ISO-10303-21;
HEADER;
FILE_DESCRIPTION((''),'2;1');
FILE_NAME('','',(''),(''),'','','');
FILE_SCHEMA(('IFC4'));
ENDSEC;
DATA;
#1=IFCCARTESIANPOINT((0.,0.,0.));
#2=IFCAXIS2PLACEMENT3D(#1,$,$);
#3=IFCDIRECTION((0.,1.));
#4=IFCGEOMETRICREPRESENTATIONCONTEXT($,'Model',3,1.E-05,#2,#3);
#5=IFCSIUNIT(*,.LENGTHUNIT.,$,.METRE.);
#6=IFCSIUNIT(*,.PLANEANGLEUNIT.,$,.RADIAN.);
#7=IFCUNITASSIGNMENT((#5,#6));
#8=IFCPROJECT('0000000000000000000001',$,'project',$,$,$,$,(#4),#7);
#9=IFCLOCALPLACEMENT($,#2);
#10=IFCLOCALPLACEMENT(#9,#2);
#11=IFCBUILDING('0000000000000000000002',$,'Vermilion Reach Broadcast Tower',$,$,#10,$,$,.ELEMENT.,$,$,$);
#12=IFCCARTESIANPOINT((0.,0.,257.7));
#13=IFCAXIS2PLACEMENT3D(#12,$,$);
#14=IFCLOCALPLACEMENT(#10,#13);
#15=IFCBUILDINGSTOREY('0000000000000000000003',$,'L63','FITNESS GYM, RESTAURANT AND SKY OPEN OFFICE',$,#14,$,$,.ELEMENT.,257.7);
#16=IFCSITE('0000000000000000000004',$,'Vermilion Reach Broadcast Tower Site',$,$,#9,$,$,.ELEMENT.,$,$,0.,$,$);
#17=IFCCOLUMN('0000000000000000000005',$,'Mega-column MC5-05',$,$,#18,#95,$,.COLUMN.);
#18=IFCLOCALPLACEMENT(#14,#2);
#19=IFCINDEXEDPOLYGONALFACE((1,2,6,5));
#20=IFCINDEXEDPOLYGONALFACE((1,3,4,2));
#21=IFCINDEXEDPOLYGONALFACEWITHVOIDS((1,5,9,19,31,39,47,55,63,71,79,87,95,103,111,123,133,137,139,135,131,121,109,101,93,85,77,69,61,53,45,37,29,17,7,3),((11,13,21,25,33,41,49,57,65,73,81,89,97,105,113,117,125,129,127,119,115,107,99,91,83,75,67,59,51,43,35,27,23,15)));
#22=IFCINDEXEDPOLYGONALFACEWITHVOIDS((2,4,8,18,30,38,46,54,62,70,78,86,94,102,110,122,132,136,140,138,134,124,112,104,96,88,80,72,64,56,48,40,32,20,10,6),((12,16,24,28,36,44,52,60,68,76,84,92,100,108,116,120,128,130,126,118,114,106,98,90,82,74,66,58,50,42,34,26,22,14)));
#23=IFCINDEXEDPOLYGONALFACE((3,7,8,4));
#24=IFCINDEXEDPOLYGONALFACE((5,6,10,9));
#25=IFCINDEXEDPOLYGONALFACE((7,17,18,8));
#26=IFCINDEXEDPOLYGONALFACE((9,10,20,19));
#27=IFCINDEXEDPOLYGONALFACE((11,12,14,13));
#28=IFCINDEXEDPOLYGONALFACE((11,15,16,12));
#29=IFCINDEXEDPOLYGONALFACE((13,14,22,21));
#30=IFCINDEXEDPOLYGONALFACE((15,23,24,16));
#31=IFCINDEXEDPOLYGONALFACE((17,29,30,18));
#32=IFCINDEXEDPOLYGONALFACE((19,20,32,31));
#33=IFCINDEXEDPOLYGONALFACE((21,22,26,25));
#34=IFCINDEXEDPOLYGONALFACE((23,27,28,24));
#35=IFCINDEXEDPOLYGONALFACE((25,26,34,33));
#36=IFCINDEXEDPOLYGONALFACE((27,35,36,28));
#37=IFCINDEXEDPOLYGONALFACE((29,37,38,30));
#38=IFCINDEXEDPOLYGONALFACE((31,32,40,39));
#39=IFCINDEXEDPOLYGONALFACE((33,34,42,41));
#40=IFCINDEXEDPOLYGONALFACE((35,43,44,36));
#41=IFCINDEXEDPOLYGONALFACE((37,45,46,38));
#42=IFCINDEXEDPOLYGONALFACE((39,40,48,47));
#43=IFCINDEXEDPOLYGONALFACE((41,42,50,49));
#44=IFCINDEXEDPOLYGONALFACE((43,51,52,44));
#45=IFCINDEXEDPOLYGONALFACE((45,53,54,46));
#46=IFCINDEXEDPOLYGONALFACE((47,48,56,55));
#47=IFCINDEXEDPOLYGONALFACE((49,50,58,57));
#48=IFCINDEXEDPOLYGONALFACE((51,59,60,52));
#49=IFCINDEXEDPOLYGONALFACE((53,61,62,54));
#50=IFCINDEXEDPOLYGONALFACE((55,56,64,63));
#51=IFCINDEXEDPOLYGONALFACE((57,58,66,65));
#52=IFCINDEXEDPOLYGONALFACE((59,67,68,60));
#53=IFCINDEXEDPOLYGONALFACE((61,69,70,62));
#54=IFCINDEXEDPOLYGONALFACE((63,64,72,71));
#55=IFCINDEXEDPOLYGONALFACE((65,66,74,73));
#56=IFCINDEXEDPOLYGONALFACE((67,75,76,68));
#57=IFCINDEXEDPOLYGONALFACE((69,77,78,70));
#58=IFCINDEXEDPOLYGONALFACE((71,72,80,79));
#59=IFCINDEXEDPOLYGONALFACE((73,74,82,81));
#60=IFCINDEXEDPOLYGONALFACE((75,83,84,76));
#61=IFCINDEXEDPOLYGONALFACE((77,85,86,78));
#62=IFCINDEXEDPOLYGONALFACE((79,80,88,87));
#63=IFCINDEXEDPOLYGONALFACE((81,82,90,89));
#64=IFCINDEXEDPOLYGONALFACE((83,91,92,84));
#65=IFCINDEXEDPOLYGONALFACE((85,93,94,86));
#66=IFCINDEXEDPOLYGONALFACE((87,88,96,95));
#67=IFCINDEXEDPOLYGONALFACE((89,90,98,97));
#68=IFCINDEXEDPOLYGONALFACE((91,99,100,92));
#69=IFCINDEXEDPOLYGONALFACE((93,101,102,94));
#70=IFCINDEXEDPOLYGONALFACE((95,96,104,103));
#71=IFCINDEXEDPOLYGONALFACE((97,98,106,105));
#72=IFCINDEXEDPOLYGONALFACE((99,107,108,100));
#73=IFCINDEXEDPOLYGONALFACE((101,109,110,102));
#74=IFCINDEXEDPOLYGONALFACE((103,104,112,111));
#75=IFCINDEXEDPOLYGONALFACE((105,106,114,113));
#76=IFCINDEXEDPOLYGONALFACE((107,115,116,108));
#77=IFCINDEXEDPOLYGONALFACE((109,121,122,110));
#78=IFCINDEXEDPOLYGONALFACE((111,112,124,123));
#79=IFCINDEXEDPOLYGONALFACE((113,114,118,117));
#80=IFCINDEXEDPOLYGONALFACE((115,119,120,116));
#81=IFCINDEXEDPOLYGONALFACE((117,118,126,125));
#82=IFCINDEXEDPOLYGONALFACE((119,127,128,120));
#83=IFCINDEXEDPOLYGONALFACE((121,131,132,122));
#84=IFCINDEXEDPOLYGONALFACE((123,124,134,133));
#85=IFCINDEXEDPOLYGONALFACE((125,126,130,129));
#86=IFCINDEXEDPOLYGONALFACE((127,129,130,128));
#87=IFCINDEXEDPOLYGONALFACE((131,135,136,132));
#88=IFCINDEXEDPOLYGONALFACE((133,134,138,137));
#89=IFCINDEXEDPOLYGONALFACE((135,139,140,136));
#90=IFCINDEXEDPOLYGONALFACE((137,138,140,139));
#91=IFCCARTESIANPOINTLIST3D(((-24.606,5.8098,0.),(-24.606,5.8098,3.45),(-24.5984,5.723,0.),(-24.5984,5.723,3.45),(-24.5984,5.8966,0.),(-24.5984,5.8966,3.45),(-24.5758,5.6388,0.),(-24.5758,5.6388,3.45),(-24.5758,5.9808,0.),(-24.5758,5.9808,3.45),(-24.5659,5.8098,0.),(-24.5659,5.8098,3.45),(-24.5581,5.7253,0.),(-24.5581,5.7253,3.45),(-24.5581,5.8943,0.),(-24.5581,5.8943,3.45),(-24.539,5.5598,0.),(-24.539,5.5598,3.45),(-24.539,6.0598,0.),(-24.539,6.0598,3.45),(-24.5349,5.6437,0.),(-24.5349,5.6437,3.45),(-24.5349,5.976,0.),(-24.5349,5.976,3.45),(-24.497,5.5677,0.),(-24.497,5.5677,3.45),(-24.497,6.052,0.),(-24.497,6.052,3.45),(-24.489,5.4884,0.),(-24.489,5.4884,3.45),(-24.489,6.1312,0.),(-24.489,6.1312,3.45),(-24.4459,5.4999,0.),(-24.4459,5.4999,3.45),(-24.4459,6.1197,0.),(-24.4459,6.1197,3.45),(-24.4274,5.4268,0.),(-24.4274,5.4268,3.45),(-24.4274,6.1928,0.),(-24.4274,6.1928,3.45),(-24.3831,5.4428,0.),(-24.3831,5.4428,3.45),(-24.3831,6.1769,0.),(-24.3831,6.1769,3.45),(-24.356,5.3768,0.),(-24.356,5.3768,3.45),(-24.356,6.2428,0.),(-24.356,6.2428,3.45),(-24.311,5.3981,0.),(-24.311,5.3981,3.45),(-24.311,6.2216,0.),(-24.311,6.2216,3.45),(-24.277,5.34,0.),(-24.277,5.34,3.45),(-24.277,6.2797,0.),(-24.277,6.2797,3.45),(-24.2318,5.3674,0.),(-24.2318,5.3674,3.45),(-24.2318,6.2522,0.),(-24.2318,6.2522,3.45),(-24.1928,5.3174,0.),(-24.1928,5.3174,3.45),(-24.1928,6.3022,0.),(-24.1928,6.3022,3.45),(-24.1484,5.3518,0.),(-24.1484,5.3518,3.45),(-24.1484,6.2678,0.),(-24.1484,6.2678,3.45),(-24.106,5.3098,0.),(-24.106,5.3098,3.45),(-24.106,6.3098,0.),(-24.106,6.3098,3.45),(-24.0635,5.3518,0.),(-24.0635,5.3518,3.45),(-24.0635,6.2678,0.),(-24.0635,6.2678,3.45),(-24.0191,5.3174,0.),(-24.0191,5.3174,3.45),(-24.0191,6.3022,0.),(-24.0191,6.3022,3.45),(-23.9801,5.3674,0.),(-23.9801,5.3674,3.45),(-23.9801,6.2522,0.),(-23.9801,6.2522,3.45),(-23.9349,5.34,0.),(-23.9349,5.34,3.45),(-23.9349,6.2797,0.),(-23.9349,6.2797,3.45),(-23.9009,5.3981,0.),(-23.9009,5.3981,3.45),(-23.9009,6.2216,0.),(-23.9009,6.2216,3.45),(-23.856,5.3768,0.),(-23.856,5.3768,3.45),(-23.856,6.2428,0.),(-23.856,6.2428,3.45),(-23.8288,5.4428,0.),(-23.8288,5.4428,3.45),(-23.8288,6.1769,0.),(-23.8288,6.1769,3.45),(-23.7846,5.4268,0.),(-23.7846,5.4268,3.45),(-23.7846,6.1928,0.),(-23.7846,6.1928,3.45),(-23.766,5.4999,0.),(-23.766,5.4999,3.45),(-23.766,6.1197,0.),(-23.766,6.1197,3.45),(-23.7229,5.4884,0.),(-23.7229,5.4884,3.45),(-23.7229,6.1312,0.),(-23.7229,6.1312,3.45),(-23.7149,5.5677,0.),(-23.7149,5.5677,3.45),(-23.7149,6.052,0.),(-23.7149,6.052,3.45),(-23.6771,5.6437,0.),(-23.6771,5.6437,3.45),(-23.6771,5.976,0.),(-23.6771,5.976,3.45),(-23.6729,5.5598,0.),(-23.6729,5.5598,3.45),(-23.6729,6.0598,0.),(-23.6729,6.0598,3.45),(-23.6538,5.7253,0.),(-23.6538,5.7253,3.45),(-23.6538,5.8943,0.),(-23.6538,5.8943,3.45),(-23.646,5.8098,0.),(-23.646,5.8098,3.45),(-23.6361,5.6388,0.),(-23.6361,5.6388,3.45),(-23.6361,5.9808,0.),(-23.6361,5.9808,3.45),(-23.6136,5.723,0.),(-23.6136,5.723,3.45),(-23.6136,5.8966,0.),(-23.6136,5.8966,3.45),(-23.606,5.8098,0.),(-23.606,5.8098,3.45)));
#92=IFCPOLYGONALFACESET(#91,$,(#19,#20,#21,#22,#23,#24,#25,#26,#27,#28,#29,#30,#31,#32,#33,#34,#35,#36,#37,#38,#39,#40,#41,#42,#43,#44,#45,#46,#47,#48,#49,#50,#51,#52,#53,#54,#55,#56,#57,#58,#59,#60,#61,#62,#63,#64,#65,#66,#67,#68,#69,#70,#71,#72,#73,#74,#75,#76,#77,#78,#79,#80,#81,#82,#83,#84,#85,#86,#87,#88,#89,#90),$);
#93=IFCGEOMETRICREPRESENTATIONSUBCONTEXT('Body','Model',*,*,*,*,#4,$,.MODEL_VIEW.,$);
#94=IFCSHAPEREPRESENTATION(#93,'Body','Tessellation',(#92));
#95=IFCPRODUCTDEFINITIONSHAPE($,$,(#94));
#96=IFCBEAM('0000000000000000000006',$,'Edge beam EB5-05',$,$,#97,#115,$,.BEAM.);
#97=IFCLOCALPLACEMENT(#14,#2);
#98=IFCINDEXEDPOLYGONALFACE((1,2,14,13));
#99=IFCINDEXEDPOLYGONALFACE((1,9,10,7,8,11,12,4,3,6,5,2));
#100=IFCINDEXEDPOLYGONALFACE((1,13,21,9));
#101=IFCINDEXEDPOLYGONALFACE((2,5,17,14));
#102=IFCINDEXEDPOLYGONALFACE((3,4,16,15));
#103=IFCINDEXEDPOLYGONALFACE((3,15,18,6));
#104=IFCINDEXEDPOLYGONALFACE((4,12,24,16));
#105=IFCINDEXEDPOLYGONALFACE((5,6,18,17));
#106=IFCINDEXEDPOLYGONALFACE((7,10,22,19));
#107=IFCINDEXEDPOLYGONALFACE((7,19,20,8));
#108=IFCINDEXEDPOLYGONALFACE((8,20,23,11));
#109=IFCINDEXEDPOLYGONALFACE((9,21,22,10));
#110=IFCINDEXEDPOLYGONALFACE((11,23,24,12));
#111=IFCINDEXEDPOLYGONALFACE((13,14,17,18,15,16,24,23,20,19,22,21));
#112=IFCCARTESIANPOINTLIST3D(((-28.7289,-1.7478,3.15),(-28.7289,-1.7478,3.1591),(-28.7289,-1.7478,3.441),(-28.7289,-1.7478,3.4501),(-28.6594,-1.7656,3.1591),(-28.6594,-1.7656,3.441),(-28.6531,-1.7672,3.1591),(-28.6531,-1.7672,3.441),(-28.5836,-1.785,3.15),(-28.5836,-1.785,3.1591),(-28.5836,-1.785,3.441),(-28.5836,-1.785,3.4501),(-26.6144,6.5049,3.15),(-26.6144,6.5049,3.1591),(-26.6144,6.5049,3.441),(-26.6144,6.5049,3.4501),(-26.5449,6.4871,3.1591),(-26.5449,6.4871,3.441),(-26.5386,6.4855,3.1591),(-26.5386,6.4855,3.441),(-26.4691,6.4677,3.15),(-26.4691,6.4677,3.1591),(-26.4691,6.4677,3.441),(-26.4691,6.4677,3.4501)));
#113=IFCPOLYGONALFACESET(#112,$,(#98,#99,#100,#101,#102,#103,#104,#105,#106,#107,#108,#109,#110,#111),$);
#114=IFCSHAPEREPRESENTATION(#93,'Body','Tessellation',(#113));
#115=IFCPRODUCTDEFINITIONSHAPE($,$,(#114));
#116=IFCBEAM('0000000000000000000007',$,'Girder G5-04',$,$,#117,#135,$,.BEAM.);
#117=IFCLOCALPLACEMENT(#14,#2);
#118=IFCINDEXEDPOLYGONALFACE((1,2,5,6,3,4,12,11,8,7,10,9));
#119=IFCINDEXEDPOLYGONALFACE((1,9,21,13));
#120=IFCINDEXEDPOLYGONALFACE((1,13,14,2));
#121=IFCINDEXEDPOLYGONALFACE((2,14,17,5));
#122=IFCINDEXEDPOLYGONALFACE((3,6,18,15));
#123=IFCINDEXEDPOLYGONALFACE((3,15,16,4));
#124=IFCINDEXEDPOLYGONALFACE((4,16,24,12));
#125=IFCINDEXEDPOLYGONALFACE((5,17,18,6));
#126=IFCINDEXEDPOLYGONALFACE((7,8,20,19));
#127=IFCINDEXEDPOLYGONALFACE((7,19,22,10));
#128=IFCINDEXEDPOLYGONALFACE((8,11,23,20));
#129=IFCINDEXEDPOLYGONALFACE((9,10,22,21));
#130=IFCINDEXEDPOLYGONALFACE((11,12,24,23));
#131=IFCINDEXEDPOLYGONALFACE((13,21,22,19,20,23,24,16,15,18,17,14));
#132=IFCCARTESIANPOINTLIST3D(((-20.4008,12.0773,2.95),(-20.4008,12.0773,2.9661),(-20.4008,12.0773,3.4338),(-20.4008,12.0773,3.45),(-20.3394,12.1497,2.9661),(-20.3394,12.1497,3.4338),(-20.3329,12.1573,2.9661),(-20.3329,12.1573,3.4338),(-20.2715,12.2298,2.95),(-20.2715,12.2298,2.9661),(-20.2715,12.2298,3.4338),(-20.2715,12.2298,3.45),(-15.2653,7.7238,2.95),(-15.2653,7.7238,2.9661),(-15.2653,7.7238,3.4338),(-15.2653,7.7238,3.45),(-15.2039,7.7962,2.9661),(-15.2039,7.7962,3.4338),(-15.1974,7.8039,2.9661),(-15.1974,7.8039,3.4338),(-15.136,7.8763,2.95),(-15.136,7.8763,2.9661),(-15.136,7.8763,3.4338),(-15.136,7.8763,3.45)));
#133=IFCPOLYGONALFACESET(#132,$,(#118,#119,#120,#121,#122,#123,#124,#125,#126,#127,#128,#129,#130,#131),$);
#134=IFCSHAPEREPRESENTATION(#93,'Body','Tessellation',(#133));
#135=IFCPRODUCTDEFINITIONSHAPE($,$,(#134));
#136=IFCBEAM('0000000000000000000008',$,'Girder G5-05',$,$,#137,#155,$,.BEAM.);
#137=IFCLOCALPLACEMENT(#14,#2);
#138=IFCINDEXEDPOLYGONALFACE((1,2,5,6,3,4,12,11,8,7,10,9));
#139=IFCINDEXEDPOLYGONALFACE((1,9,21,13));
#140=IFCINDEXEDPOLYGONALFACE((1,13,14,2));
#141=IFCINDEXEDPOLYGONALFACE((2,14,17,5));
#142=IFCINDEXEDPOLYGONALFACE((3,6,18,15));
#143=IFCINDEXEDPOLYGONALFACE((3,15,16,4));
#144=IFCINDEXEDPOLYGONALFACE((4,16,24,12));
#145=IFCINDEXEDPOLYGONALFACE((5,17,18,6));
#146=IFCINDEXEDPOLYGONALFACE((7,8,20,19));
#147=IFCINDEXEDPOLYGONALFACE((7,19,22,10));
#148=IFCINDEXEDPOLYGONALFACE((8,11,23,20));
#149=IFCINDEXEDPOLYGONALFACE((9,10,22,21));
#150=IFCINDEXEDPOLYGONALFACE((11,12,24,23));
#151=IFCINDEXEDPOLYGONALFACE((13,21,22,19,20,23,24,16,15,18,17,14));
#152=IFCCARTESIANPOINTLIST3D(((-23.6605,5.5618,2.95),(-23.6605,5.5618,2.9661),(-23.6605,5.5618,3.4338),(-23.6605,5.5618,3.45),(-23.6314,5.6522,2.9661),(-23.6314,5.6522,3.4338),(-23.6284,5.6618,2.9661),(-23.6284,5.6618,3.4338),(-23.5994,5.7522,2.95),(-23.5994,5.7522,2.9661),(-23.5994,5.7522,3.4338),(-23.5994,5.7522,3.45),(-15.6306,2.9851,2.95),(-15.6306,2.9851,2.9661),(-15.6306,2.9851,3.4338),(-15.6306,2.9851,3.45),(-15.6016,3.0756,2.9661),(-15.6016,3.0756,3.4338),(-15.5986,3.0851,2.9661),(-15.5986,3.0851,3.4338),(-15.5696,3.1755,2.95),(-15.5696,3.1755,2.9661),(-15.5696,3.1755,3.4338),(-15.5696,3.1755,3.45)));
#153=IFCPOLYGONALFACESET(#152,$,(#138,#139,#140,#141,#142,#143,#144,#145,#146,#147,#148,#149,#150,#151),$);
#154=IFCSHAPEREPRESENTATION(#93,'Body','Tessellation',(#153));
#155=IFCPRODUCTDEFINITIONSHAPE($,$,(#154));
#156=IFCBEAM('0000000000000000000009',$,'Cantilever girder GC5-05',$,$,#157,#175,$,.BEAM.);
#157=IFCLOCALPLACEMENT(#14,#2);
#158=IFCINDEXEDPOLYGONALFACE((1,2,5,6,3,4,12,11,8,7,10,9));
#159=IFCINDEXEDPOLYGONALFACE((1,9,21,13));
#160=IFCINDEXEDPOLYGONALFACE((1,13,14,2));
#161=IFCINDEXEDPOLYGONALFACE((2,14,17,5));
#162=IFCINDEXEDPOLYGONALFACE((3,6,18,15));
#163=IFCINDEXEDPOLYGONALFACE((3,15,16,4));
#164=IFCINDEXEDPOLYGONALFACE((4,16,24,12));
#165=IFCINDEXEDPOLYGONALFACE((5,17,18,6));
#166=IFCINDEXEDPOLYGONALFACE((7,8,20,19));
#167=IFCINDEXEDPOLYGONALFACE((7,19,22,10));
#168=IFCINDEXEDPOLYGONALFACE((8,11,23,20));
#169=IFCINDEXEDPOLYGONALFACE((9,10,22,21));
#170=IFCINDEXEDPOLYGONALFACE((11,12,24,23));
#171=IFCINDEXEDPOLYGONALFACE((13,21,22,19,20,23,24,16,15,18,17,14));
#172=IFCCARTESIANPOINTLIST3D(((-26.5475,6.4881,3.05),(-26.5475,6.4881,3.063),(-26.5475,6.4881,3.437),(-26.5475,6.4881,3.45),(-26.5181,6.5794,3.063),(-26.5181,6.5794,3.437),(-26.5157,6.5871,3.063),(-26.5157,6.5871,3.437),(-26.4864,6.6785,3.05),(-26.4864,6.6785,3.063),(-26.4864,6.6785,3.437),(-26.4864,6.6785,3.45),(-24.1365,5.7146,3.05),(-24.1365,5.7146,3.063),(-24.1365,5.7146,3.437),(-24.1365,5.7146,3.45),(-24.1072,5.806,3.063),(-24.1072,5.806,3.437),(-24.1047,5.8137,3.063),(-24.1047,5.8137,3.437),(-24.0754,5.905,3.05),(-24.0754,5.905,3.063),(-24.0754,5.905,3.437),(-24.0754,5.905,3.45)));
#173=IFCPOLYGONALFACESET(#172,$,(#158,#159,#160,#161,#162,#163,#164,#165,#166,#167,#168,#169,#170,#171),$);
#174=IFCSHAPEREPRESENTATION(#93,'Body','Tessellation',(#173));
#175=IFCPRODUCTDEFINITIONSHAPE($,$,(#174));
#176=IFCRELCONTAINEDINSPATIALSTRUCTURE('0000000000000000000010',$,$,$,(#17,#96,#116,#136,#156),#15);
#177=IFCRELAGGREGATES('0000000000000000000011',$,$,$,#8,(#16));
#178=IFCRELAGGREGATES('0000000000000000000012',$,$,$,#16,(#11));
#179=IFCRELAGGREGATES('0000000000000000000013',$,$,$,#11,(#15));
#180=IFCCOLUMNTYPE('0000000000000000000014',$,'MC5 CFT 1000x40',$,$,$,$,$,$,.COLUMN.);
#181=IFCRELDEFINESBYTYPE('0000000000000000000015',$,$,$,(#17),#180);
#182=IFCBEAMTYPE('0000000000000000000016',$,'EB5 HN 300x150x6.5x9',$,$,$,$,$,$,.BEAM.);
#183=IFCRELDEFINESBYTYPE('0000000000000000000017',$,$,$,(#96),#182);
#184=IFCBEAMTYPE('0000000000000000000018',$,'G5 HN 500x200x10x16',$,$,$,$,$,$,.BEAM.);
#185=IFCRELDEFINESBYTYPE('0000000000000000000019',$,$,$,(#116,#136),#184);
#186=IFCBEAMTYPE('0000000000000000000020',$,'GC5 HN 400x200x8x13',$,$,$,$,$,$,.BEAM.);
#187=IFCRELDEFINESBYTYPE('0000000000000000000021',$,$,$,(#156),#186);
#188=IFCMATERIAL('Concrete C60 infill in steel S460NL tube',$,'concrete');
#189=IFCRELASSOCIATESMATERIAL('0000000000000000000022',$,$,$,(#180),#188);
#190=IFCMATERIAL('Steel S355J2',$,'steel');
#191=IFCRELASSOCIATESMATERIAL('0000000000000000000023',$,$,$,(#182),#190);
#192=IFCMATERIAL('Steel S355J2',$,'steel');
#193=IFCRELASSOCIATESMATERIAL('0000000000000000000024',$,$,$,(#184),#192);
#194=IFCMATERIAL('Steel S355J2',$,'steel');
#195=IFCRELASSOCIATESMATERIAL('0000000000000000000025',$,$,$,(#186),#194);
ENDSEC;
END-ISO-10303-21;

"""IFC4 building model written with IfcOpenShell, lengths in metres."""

from ifc_helpers import new_model, si_unit, direction, frame, origin, origin_2d, place, context, subcontext, project, spatial, hollow_circle, i_section, extrude, material, material_profile, profile_set, type_object, element, save


model = new_model("IFC4")

# Units and contexts
model_context = context("Model", 3, precision=1e-05, world=origin(), true_north=direction((0.0, 1.0)))
body_context = subcontext(model_context, "Body", "Model", "MODEL_VIEW")
ifc_project = project(units=[si_unit("LENGTHUNIT", "METRE"), si_unit("PLANEANGLEUNIT", "RADIAN")], contexts=[model_context])

# Site, building, storey
site_placement = place(None, origin())
site = spatial("IfcSite", under=ifc_project, at=site_placement, Name="Vermilion Reach Broadcast Tower Site", CompositionType="ELEMENT", RefElevation=0.0)
building_placement = place(site_placement, origin())
building = spatial("IfcBuilding", under=site, at=building_placement, Name="Vermilion Reach Broadcast Tower", CompositionType="ELEMENT")
storey_placement = place(building_placement, frame((0.0, 0.0, 257.7)))
storey = spatial("IfcBuildingStorey", under=building, at=storey_placement, Name="L63", Description="FITNESS GYM, RESTAURANT AND SKY OPEN OFFICE", CompositionType="ELEMENT", Elevation=257.7)

# Column
ifc_material_1 = material(Name="Concrete C60 infill in steel S460NL tube", Category="concrete")
ifc_material_profile_1 = material_profile(ifc_material_1, hollow_circle(Radius=0.5, WallThickness=0.04, at=origin_2d()), Name="Concrete C60 infill in steel S460NL tube CFT 1000x40")
ifc_profile_set_1 = profile_set([ifc_material_profile_1], Name="Concrete C60 infill in steel S460NL tube")
column_type = type_object("IfcColumnType", Name="MC5 CFT 1000x40", PredefinedType="COLUMN", material=ifc_profile_set_1)
column_placement = place(storey_placement, frame((-24.106, 5.8098, 0.0), z_axis=(0.0, 0.0, 1.0), x_axis=(1.0, 0.0, 0.0)))
element("IfcColumn", 1, at=column_placement, inside=storey, type_object=column_type, Name="Mega-column MC5-05", PredefinedType="COLUMN", context=body_context, shape_type="SweptSolid", body=[
    extrude(hollow_circle(Radius=0.5, WallThickness=0.04, at=origin_2d()), origin(), (0.0, 0.0, 1.0), 3.45),
])

# Beams
ifc_material_2 = material(Name="Steel S355J2", Category="steel")
ifc_material_profile_2 = material_profile(ifc_material_2, i_section(OverallWidth=0.1499, OverallDepth=0.3, WebThickness=0.0066, FlangeThickness=0.009, at=origin_2d()), Name="S355J2 HN 300x150x6.5x9")
ifc_profile_set_2 = profile_set([ifc_material_profile_2], Name="Steel S355J2")
beam_type_1 = type_object("IfcBeamType", Name="EB5 HN 300x150x6.5x9", PredefinedType="BEAM", material=ifc_profile_set_2)
beam_1_placement = place(storey_placement, frame((-26.5417, 6.4863, 3.3), z_axis=(-0.248202, -0.968708, 0.0), x_axis=(0.968708, -0.248202, 0.0)))
element("IfcBeam", 2, at=beam_1_placement, inside=storey, type_object=beam_type_1, Name="Edge beam EB5-05", PredefinedType="BEAM", context=body_context, shape_type="SweptSolid", body=[
    extrude(i_section(OverallWidth=0.1499, OverallDepth=0.3, WebThickness=0.0066, FlangeThickness=0.009, at=origin_2d()), origin(), (0.0, 0.0, 1.0), 8.5193),
])
ifc_material_3 = material(Name="Steel S355J2", Category="steel")
ifc_material_profile_3 = material_profile(ifc_material_3, i_section(OverallWidth=0.2, OverallDepth=0.5, WebThickness=0.01, FlangeThickness=0.0161, at=origin_2d()), Name="S355J2 HN 500x200x10x16")
ifc_profile_set_3 = profile_set([ifc_material_profile_3], Name="Steel S355J2")
beam_type_2 = type_object("IfcBeamType", Name="G5 HN 500x200x10x16", PredefinedType="BEAM", material=ifc_profile_set_3)
beam_2_placement = place(storey_placement, frame((-15.2007, 7.8, 3.2), z_axis=(-0.762793, 0.646643, 0.0), x_axis=(-0.646643, -0.762793, 0.0)))
element("IfcBeam", 3, at=beam_2_placement, inside=storey, type_object=beam_type_2, Name="Girder G5-04", PredefinedType="BEAM", context=body_context, shape_type="SweptSolid", body=[
    extrude(i_section(OverallWidth=0.2, OverallDepth=0.5, WebThickness=0.01, FlangeThickness=0.0161, at=origin_2d()), origin(), (0.0, 0.0, 1.0), 6.7324),
])
beam_3_placement = place(storey_placement, frame((-15.6001, 3.0803, 3.2), z_axis=(-0.952178, 0.305542, 0.0), x_axis=(-0.305542, -0.952178, 0.0)))
element("IfcBeam", 4, at=beam_3_placement, inside=storey, type_object=beam_type_2, Name="Girder G5-05", PredefinedType="BEAM", context=body_context, shape_type="SweptSolid", body=[
    extrude(i_section(OverallWidth=0.2, OverallDepth=0.5, WebThickness=0.01, FlangeThickness=0.0161, at=origin_2d()), origin(), (0.0, 0.0, 1.0), 8.4331),
])
ifc_material_4 = material(Name="Steel S355J2", Category="steel")
ifc_material_profile_4 = material_profile(ifc_material_4, i_section(OverallWidth=0.2, OverallDepth=0.3999, WebThickness=0.0081, FlangeThickness=0.0129, at=origin_2d()), Name="S355J2 HN 400x200x8x13")
ifc_profile_set_4 = profile_set([ifc_material_profile_4], Name="Steel S355J2")
beam_type_3 = type_object("IfcBeamType", Name="GC5 HN 400x200x8x13", PredefinedType="BEAM", material=ifc_profile_set_4)
beam_4_placement = place(storey_placement, frame((-24.106, 5.8098, 3.25), z_axis=(-0.9522, 0.305475, 0.0), x_axis=(-0.305475, -0.9522, 0.0)))
element("IfcBeam", 5, at=beam_4_placement, inside=storey, type_object=beam_type_3, Name="Cantilever girder GC5-05", PredefinedType="BEAM", context=body_context, shape_type="SweptSolid", body=[
    extrude(i_section(OverallWidth=0.2, OverallDepth=0.3999, WebThickness=0.0081, FlangeThickness=0.0129, at=origin_2d()), origin(), (0.0, 0.0, 1.0), 2.532),
])

save(model, "model.ifc")
